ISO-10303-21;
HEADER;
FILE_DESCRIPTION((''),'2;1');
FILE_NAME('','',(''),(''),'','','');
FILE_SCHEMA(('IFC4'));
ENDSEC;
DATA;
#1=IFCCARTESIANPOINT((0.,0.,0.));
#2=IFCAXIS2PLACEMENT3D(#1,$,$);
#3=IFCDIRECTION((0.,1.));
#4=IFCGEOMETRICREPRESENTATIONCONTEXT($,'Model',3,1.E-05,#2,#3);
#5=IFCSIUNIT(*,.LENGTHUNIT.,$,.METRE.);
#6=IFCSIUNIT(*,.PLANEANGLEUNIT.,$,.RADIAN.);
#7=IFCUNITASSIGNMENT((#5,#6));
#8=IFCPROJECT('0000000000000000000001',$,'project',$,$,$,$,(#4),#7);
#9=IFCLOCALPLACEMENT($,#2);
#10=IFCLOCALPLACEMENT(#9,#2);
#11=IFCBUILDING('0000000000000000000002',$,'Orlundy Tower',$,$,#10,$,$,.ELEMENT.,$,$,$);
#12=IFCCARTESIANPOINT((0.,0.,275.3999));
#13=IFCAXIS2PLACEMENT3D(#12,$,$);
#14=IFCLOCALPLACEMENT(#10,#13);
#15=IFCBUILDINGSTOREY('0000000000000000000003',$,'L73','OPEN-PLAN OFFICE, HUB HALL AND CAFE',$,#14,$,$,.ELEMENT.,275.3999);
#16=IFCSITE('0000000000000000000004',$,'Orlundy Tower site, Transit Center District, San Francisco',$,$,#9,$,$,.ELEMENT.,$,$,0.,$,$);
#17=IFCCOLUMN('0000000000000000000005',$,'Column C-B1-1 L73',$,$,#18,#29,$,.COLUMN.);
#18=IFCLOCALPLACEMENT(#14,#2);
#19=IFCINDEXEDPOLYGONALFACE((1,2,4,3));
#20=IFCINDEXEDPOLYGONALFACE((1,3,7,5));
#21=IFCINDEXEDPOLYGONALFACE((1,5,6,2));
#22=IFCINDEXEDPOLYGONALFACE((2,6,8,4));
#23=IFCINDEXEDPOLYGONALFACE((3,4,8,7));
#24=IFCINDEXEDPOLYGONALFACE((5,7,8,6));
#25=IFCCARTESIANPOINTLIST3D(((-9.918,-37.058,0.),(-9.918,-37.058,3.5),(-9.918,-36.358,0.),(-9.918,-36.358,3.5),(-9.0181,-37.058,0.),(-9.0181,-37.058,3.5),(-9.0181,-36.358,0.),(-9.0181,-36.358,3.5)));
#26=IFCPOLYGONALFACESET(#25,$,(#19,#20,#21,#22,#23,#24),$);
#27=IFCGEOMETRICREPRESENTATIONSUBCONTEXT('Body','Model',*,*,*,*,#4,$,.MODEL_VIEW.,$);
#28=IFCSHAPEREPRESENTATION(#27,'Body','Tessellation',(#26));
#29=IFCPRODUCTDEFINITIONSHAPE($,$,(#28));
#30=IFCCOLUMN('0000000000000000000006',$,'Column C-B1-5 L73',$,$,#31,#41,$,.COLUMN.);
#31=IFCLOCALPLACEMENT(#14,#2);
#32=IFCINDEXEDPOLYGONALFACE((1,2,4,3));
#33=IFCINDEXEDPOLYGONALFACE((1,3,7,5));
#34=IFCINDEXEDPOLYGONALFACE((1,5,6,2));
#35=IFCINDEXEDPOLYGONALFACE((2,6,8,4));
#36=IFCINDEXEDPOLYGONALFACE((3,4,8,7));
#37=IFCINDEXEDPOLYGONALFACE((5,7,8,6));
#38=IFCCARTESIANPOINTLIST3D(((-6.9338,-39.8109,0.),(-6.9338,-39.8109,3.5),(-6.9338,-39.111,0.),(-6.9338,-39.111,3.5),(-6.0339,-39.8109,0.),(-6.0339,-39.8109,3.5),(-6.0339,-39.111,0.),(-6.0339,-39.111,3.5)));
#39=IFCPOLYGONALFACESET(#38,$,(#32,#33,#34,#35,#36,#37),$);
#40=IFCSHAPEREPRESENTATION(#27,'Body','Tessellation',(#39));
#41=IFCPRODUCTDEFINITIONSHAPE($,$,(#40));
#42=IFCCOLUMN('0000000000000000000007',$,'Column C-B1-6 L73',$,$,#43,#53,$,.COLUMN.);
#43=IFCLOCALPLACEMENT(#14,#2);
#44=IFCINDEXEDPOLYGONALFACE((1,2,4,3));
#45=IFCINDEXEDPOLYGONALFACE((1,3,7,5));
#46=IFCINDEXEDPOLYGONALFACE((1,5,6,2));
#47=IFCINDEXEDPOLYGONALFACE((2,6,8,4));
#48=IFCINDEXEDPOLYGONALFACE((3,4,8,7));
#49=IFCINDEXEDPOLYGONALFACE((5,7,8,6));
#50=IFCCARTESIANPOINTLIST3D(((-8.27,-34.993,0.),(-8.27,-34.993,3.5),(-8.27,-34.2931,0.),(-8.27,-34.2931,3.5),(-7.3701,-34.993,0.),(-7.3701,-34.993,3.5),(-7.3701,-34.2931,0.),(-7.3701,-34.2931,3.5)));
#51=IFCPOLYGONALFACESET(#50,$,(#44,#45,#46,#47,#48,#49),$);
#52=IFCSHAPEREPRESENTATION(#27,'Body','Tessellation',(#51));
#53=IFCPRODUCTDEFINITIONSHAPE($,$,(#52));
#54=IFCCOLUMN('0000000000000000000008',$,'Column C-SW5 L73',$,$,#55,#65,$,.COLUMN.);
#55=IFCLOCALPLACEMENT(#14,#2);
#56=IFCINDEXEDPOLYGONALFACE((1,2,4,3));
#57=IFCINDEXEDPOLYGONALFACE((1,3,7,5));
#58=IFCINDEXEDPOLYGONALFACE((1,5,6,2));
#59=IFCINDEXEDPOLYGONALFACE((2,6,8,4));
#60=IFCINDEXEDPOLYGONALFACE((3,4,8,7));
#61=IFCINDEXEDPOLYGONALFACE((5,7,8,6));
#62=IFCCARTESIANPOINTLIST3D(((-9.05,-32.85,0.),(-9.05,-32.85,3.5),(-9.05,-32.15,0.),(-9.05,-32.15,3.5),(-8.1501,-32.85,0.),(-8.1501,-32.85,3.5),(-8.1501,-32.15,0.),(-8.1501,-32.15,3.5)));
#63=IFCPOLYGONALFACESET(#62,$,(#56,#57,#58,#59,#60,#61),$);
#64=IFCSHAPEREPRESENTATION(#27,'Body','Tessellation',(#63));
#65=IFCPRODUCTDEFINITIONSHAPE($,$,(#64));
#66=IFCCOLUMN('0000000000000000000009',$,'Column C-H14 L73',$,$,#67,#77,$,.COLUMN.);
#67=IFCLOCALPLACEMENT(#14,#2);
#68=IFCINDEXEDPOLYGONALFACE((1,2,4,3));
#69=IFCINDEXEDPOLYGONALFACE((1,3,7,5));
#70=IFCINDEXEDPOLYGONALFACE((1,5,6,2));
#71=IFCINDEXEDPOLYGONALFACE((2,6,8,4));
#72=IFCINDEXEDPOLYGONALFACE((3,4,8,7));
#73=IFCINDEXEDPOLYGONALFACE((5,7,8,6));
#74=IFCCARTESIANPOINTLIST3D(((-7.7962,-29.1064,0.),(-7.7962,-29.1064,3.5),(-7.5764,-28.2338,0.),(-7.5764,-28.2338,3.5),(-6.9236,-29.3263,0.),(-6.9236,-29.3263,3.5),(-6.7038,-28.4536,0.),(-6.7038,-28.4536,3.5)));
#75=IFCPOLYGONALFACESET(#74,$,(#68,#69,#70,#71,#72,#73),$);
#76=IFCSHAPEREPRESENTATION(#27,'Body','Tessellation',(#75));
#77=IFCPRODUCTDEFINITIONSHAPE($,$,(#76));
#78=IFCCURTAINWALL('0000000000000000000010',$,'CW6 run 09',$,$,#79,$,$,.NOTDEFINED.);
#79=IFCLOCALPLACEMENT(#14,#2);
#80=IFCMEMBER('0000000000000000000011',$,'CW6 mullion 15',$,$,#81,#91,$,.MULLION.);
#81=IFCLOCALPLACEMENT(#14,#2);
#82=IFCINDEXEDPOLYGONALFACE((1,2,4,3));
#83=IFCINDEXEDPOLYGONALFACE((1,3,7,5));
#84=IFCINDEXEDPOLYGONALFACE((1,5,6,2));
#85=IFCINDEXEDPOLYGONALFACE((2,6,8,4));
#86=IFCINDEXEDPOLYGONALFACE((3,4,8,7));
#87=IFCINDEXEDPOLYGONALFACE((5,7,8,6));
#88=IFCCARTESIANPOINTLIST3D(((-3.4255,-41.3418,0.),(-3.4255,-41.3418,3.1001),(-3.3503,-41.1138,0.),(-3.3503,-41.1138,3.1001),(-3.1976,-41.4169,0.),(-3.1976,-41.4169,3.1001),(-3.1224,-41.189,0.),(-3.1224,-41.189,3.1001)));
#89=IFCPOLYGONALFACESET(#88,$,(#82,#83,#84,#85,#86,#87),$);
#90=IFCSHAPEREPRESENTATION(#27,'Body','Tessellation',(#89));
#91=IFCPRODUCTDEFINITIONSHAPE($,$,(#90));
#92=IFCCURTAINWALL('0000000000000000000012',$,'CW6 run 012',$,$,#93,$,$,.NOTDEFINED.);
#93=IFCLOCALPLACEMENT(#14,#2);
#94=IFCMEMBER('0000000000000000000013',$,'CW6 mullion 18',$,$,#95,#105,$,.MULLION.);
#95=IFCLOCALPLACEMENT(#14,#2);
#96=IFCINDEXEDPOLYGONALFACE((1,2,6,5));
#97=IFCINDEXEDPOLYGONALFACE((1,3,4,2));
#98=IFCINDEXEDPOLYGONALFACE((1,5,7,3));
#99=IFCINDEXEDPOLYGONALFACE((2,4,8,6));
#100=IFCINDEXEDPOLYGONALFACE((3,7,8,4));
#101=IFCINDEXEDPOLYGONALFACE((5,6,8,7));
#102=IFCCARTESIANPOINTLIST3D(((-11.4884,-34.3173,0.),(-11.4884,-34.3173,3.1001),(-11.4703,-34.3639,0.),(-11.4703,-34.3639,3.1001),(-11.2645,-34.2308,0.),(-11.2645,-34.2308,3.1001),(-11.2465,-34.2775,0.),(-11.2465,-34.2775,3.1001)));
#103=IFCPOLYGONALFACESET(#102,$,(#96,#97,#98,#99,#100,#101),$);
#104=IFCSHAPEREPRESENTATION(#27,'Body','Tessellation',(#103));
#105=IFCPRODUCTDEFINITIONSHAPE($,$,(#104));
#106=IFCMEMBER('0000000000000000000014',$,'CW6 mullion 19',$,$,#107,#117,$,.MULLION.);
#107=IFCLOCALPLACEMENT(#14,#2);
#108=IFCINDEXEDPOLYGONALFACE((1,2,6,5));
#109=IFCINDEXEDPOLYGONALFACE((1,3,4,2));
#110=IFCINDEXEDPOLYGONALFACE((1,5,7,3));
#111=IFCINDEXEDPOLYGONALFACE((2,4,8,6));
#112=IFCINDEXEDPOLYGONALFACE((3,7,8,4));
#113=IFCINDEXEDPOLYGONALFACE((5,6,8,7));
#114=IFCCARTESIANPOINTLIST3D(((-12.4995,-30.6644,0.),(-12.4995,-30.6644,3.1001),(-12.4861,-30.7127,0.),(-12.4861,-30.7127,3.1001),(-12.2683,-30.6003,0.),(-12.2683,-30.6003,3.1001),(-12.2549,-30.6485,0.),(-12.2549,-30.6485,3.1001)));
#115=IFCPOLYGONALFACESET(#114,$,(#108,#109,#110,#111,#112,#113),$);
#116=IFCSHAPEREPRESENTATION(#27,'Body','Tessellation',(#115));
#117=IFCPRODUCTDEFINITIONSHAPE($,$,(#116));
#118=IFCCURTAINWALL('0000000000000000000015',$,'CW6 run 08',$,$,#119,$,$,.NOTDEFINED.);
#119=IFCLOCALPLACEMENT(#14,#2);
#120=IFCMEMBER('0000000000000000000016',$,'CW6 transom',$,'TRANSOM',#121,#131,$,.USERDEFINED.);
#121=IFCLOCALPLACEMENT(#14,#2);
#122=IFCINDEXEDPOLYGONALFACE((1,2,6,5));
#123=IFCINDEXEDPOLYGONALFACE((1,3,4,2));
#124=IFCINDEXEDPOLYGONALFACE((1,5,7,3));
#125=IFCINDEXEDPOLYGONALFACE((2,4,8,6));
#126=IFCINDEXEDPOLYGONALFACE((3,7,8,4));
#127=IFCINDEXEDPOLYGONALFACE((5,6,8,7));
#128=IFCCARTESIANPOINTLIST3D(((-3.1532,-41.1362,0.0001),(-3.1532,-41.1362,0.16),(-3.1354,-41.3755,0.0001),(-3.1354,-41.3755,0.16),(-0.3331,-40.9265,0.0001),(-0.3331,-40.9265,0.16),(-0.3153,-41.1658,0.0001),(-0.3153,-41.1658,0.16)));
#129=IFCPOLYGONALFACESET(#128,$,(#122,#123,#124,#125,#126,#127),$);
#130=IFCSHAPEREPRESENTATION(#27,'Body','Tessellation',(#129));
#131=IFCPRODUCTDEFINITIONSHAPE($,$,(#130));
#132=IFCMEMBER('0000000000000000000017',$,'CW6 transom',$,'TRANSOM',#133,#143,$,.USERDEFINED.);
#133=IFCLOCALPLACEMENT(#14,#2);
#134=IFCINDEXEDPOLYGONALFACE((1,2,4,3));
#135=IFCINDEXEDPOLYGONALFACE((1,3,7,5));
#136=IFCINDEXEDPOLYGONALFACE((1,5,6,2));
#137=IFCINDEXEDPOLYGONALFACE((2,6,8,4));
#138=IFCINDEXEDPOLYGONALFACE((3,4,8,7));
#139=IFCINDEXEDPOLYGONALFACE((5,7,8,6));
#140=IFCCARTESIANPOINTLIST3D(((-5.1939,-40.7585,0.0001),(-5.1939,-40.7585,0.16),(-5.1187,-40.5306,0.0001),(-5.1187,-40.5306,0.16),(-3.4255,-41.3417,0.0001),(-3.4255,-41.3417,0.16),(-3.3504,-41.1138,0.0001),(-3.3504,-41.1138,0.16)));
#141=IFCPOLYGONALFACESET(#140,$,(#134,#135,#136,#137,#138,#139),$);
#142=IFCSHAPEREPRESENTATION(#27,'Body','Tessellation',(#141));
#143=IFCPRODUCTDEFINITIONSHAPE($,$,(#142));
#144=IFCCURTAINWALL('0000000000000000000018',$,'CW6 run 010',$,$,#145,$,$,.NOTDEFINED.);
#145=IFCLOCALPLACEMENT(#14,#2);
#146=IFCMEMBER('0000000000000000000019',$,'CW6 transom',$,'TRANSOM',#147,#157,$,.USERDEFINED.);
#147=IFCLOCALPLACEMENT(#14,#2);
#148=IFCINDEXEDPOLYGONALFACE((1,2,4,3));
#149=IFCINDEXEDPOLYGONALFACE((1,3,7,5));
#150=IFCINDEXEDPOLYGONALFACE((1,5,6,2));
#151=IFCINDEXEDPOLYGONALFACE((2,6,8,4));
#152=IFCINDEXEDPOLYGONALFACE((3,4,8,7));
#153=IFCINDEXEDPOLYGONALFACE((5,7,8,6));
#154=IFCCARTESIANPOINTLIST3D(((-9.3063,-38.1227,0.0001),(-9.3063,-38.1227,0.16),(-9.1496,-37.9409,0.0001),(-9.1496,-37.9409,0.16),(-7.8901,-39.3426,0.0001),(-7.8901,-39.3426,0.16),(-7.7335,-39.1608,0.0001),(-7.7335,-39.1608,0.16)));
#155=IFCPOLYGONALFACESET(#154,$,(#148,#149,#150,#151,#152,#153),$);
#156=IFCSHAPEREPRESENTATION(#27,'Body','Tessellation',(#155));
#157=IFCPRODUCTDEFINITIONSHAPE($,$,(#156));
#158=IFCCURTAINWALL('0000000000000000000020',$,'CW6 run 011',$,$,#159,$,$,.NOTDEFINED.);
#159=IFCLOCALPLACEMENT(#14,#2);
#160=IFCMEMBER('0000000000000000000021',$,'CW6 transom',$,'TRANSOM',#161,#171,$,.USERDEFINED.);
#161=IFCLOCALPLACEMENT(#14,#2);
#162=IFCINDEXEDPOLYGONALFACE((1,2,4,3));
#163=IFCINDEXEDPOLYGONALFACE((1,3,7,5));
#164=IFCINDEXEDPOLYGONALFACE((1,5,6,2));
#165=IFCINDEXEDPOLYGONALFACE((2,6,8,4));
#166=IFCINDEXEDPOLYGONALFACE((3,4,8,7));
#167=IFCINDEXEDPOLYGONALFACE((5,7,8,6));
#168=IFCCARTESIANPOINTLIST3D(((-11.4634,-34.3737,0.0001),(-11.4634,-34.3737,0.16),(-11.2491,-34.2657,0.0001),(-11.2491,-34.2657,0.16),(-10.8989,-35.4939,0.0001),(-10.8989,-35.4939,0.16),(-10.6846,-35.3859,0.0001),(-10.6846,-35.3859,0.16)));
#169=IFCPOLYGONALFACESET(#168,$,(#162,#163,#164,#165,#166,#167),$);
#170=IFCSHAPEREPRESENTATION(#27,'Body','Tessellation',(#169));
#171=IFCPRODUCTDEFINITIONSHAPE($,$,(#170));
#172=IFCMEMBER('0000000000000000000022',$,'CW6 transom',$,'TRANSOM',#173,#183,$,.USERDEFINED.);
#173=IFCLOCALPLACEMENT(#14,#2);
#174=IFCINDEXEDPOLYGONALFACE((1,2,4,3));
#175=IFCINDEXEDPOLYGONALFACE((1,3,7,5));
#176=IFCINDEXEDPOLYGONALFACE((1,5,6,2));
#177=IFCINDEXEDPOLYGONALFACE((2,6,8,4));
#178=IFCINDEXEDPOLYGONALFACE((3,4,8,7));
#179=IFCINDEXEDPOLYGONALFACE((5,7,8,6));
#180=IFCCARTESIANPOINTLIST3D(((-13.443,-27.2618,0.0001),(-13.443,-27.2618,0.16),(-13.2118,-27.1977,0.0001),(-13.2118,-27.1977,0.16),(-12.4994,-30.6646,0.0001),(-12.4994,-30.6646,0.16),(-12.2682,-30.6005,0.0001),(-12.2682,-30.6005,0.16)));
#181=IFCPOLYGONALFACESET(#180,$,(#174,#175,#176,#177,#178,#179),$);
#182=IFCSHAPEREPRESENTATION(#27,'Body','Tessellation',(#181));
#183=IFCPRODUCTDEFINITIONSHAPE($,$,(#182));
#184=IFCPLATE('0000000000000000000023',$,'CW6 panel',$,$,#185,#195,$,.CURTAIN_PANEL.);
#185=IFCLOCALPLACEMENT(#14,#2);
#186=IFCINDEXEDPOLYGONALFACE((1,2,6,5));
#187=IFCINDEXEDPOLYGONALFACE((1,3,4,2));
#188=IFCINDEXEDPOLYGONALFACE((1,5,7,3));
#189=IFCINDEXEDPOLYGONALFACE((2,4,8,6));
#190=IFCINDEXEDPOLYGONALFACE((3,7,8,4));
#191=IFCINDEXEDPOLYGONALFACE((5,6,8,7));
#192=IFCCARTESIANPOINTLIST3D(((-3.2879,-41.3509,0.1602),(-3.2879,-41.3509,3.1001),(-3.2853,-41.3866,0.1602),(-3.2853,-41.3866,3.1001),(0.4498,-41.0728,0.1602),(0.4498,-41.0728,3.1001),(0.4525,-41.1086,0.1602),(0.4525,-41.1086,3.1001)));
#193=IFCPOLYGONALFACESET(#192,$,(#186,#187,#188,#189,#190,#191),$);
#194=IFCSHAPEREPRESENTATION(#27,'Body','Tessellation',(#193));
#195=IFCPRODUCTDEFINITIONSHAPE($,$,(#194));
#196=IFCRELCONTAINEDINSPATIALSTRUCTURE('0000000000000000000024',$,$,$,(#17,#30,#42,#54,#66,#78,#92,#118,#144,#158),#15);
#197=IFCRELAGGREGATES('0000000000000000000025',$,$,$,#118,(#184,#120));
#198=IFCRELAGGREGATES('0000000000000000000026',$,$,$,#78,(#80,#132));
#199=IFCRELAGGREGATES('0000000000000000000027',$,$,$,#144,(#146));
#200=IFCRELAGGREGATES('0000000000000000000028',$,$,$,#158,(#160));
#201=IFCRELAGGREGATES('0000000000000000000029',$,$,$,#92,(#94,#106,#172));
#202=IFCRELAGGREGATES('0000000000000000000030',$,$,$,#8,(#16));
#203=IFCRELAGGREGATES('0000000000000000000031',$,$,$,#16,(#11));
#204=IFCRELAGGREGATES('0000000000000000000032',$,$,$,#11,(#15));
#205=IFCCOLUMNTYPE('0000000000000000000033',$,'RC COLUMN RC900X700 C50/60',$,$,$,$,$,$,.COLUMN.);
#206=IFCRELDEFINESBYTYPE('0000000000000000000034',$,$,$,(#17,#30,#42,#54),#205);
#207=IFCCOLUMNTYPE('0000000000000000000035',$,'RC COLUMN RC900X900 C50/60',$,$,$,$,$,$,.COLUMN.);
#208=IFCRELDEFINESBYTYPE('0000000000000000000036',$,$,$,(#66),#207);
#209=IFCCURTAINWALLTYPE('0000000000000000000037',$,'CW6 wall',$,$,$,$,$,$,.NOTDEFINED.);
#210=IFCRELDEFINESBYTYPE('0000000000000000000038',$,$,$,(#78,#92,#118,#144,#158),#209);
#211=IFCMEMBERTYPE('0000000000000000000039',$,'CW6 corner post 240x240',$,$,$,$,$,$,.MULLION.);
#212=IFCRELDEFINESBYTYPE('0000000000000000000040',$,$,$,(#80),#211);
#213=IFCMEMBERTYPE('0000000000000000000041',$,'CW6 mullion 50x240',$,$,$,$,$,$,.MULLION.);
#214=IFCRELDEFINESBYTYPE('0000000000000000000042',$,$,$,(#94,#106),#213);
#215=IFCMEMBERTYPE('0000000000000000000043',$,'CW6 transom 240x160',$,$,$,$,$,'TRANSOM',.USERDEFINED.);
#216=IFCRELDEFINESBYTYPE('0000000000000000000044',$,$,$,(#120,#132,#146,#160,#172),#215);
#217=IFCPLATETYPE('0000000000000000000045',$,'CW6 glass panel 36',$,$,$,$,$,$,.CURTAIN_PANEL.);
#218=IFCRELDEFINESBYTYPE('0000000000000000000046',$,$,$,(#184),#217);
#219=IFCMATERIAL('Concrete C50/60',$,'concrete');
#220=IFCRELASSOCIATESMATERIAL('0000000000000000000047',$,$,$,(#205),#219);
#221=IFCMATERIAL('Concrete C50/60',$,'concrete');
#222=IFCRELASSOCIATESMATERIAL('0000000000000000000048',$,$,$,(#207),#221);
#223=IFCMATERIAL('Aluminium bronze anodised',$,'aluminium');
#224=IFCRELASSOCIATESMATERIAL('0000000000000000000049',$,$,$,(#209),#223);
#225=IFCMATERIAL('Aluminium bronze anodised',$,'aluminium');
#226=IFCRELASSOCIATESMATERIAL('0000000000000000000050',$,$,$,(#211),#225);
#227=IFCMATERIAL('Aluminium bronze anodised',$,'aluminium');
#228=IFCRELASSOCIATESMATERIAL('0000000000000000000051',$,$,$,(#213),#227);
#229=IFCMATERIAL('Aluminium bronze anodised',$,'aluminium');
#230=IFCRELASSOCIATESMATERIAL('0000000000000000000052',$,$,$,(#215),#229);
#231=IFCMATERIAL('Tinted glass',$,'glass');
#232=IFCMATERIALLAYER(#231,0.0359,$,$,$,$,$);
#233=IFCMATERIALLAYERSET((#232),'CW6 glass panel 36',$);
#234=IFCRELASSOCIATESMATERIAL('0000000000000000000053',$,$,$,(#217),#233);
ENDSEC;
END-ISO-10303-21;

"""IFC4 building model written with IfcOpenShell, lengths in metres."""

from ifc_helpers import new_model, si_unit, direction, frame, origin, origin_2d, place, context, subcontext, project, spatial, rectangle, extrude, material, layer, layer_set, material_profile, profile_set, type_object, element, aggregate, save


model = new_model("IFC4")

# Units and contexts
model_context = context("Model", 3, precision=1e-05, world=origin(), true_north=direction((0.0, 1.0)))
body_context = subcontext(model_context, "Body", "Model", "MODEL_VIEW")
ifc_project = project(units=[si_unit("LENGTHUNIT", "METRE"), si_unit("PLANEANGLEUNIT", "RADIAN")], contexts=[model_context])

# Site, building, storey
site_placement = place(None, origin())
site = spatial("IfcSite", under=ifc_project, at=site_placement, Name="Orlundy Tower site, Transit Center District, San Francisco", CompositionType="ELEMENT", RefElevation=0.0)
building_placement = place(site_placement, origin())
building = spatial("IfcBuilding", under=site, at=building_placement, Name="Orlundy Tower", CompositionType="ELEMENT")
storey_placement = place(building_placement, frame((0.0, 0.0, 275.3999)))
storey = spatial("IfcBuildingStorey", under=building, at=storey_placement, Name="L73", Description="OPEN-PLAN OFFICE, HUB HALL AND CAFE", CompositionType="ELEMENT", Elevation=275.3999)

# Columns
ifc_material_1 = material(Name="Concrete C50/60", Category="concrete")
ifc_material_profile_1 = material_profile(ifc_material_1, rectangle(XDim=0.8999, YDim=0.7, at=origin_2d()), Name="RC900X700")
ifc_profile_set_1 = profile_set([ifc_material_profile_1], Name="Concrete C50/60")
column_type_1 = type_object("IfcColumnType", Name="RC COLUMN RC900X700 C50/60", PredefinedType="COLUMN", material=ifc_profile_set_1)
for number, where, z_axis, x_axis, name in (
    (1, (-9.468, -36.708, 0.0), (0.0, 0.0, 1.0), (1.0, 0.0, 0.0), "Column C-B1-1 L73"),
    (2, (-6.4839, -39.4609, 0.0), (0.0, 0.0, 1.0), (1.0, 0.0, 0.0), "Column C-B1-5 L73"),
    (3, (-7.8201, -34.6431, 0.0), (0.0, 0.0, 1.0), (1.0, 0.0, 0.0), "Column C-B1-6 L73"),
    (4, (-8.6001, -32.5, 0.0), (0.0, 0.0, 1.0), (1.0, 0.0, 0.0), "Column C-SW5 L73"),
):
    element("IfcColumn", number, at=place(storey_placement, frame(where, z_axis=z_axis, x_axis=x_axis)), inside=storey, type_object=column_type_1, Name=name, PredefinedType="COLUMN", context=body_context, shape_type="SweptSolid", body=[
        extrude(rectangle(XDim=0.8999, YDim=0.7, at=origin_2d()), origin(), (0.0, 0.0, 1.0), 3.5),
    ])
ifc_material_2 = material(Name="Concrete C50/60", Category="concrete")
ifc_material_profile_2 = material_profile(ifc_material_2, rectangle(XDim=0.8999, YDim=0.8999, at=origin_2d()), Name="RC900X900")
ifc_profile_set_2 = profile_set([ifc_material_profile_2], Name="Concrete C50/60")
column_type_2 = type_object("IfcColumnType", Name="RC COLUMN RC900X900 C50/60", PredefinedType="COLUMN", material=ifc_profile_set_2)
column_placement = place(storey_placement, frame((-7.25, -28.78, 0.0), z_axis=(0.0, 0.0, 1.0), x_axis=(-0.244275, -0.969706, 0.0)))
element("IfcColumn", 5, at=column_placement, inside=storey, type_object=column_type_2, Name="Column C-H14 L73", PredefinedType="COLUMN", context=body_context, shape_type="SweptSolid", body=[
    extrude(rectangle(XDim=0.8999, YDim=0.8999, at=origin_2d()), origin(), (0.0, 0.0, 1.0), 3.5),
])

# Curtain wall, member
ifc_material_3 = material(Name="Aluminium bronze anodised", Category="aluminium")
curtain_wall_type = type_object("IfcCurtainWallType", Name="CW6 wall", PredefinedType="NOTDEFINED", material=ifc_material_3)
curtain_wall_1_placement = place(storey_placement, origin())
curtain_wall_1 = element("IfcCurtainWall", 6, at=curtain_wall_1_placement, inside=storey, type_object=curtain_wall_type, Name="CW6 run 09", PredefinedType="NOTDEFINED")
ifc_material_4 = material(Name="Aluminium bronze anodised", Category="aluminium")
ifc_material_profile_3 = material_profile(ifc_material_4, rectangle(XDim=0.24, YDim=0.24, at=origin_2d()), Name="CW6 corner post 240x240")
ifc_profile_set_3 = profile_set([ifc_material_profile_3], Name="Aluminium bronze anodised")
member_type_1 = type_object("IfcMemberType", Name="CW6 corner post 240x240", PredefinedType="MULLION", material=ifc_profile_set_3)
member_1_placement = place(storey_placement, frame((-3.2739, -41.2654, 0.0), z_axis=(0.0, 0.0, 1.0), x_axis=(-0.313231, -0.949677, 0.0)))
member_1 = element("IfcMember", 7, at=member_1_placement, type_object=member_type_1, Name="CW6 mullion 15", PredefinedType="MULLION", context=body_context, shape_type="SweptSolid", body=[
    extrude(rectangle(XDim=0.24, YDim=0.24, at=origin_2d()), origin(), (0.0, 0.0, 1.0), 3.1001),
])

# Curtain wall, members
curtain_wall_2_placement = place(storey_placement, origin())
curtain_wall_2 = element("IfcCurtainWall", 8, at=curtain_wall_2_placement, inside=storey, type_object=curtain_wall_type, Name="CW6 run 012", PredefinedType="NOTDEFINED")
ifc_material_5 = material(Name="Aluminium bronze anodised", Category="aluminium")
ifc_material_profile_4 = material_profile(ifc_material_5, rectangle(XDim=0.24, YDim=0.05, at=origin_2d()), Name="CW6 mullion 50x240")
ifc_profile_set_4 = profile_set([ifc_material_profile_4], Name="Aluminium bronze anodised")
member_type_2 = type_object("IfcMemberType", Name="CW6 mullion 50x240", PredefinedType="MULLION", material=ifc_profile_set_4)
member_2_placement = place(storey_placement, frame((-11.3674, -34.2974, 0.0), z_axis=(0.0, 0.0, 1.0), x_axis=(-0.932815, -0.360356, 0.0)))
member_2 = element("IfcMember", 9, at=member_2_placement, type_object=member_type_2, Name="CW6 mullion 18", PredefinedType="MULLION", context=body_context, shape_type="SweptSolid", body=[
    extrude(rectangle(XDim=0.24, YDim=0.05, at=origin_2d()), origin(), (0.0, 0.0, 1.0), 3.1001),
])
member_3_placement = place(storey_placement, frame((-12.3772, -30.6565, 0.0), z_axis=(0.0, 0.0, 1.0), x_axis=(-0.963634, -0.267226, 0.0)))
member_3 = element("IfcMember", 10, at=member_3_placement, type_object=member_type_2, Name="CW6 mullion 19", PredefinedType="MULLION", context=body_context, shape_type="SweptSolid", body=[
    extrude(rectangle(XDim=0.24, YDim=0.05, at=origin_2d()), origin(), (0.0, 0.0, 1.0), 3.1001),
])

# Curtain wall, member
curtain_wall_3_placement = place(storey_placement, origin())
curtain_wall_3 = element("IfcCurtainWall", 11, at=curtain_wall_3_placement, inside=storey, type_object=curtain_wall_type, Name="CW6 run 08", PredefinedType="NOTDEFINED")
ifc_material_6 = material(Name="Aluminium bronze anodised", Category="aluminium")
ifc_material_profile_5 = material_profile(ifc_material_6, rectangle(XDim=0.24, YDim=0.1599, at=origin_2d()), Name="CW6 transom 240x160")
ifc_profile_set_5 = profile_set([ifc_material_profile_5], Name="Aluminium bronze anodised")
member_type_3 = type_object("IfcMemberType", Name="CW6 transom 240x160", ElementType="TRANSOM", PredefinedType="USERDEFINED", material=ifc_profile_set_5)
member_4_placement = place(storey_placement, frame((-0.3242, -41.0461, 0.0801), z_axis=(-0.997246, -0.074161, 0.0), x_axis=(0.074161, -0.997246, 0.0)))
member_4 = element("IfcMember", 12, at=member_4_placement, type_object=member_type_3, Name="CW6 transom", ObjectType="TRANSOM", PredefinedType="USERDEFINED", context=body_context, shape_type="SweptSolid", body=[
    extrude(rectangle(XDim=0.24, YDim=0.1599, at=origin_2d()), origin(), (0.0, 0.0, 1.0), 2.8279),
])

# Member
member_5_placement = place(storey_placement, frame((-3.3879, -41.2278, 0.0801), z_axis=(-0.949675, 0.313237, 0.0), x_axis=(-0.313237, -0.949675, 0.0)))
member_5 = element("IfcMember", 13, at=member_5_placement, type_object=member_type_3, Name="CW6 transom", ObjectType="TRANSOM", PredefinedType="USERDEFINED", context=body_context, shape_type="SweptSolid", body=[
    extrude(rectangle(XDim=0.24, YDim=0.1599, at=origin_2d()), origin(), (0.0, 0.0, 1.0), 1.8621),
])

# Curtain walls, members
curtain_wall_4_placement = place(storey_placement, origin())
curtain_wall_4 = element("IfcCurtainWall", 14, at=curtain_wall_4_placement, inside=storey, type_object=curtain_wall_type, Name="CW6 run 010", PredefinedType="NOTDEFINED")
member_6_placement = place(storey_placement, frame((-7.8118, -39.2517, 0.0801), z_axis=(-0.757659, 0.65265, 0.0), x_axis=(-0.65265, -0.757659, 0.0)))
member_6 = element("IfcMember", 15, at=member_6_placement, type_object=member_type_3, Name="CW6 transom", ObjectType="TRANSOM", PredefinedType="USERDEFINED", context=body_context, shape_type="SweptSolid", body=[
    extrude(rectangle(XDim=0.24, YDim=0.1599, at=origin_2d()), origin(), (0.0, 0.0, 1.0), 1.8691),
])
curtain_wall_5_placement = place(storey_placement, origin())
curtain_wall_5 = element("IfcCurtainWall", 16, at=curtain_wall_5_placement, inside=storey, type_object=curtain_wall_type, Name="CW6 run 011", PredefinedType="NOTDEFINED")
member_7_placement = place(storey_placement, frame((-10.7917, -35.4399, 0.0801), z_axis=(-0.450014, 0.893021, 0.0), x_axis=(-0.893021, -0.450014, 0.0)))
member_7 = element("IfcMember", 17, at=member_7_placement, type_object=member_type_3, Name="CW6 transom", ObjectType="TRANSOM", PredefinedType="USERDEFINED", context=body_context, shape_type="SweptSolid", body=[
    extrude(rectangle(XDim=0.24, YDim=0.1599, at=origin_2d()), origin(), (0.0, 0.0, 1.0), 1.2544),
])

# Member
member_8_placement = place(storey_placement, frame((-12.3838, -30.6326, 0.0801), z_axis=(-0.267216, 0.963637, 0.0), x_axis=(-0.963637, -0.267216, 0.0)))
member_8 = element("IfcMember", 18, at=member_8_placement, type_object=member_type_3, Name="CW6 transom", ObjectType="TRANSOM", PredefinedType="USERDEFINED", context=body_context, shape_type="SweptSolid", body=[
    extrude(rectangle(XDim=0.24, YDim=0.1599, at=origin_2d()), origin(), (0.0, 0.0, 1.0), 3.5312),
])

# Plate
ifc_material_7 = material(Name="Tinted glass", Category="glass")
ifc_layer_1 = layer(ifc_material_7, 0.0359)
ifc_layer_set_1 = layer_set([ifc_layer_1], Name="CW6 glass panel 36")
plate_type = type_object("IfcPlateType", Name="CW6 glass panel 36", PredefinedType="CURTAIN_PANEL", material=ifc_layer_set_1)
plate_1_placement = place(storey_placement, frame((-1.4177, -41.2297, 0.1602), z_axis=(0.0, 0.0, 1.0), x_axis=(-0.997245, -0.07418, 0.0)))
plate_1 = element("IfcPlate", 19, at=plate_1_placement, type_object=plate_type, Name="CW6 panel", PredefinedType="CURTAIN_PANEL", context=body_context, shape_type="SweptSolid", body=[
    extrude(rectangle(XDim=3.748, YDim=0.0359, at=origin_2d()), origin(), (0.0, 0.0, 1.0), 2.9399),
])
aggregate(curtain_wall_3, [plate_1, member_4])
aggregate(curtain_wall_1, [member_1, member_5])
aggregate(curtain_wall_4, [member_6])
aggregate(curtain_wall_5, [member_7])
aggregate(curtain_wall_2, [member_2, member_3, member_8])

save(model, "model.ifc")
